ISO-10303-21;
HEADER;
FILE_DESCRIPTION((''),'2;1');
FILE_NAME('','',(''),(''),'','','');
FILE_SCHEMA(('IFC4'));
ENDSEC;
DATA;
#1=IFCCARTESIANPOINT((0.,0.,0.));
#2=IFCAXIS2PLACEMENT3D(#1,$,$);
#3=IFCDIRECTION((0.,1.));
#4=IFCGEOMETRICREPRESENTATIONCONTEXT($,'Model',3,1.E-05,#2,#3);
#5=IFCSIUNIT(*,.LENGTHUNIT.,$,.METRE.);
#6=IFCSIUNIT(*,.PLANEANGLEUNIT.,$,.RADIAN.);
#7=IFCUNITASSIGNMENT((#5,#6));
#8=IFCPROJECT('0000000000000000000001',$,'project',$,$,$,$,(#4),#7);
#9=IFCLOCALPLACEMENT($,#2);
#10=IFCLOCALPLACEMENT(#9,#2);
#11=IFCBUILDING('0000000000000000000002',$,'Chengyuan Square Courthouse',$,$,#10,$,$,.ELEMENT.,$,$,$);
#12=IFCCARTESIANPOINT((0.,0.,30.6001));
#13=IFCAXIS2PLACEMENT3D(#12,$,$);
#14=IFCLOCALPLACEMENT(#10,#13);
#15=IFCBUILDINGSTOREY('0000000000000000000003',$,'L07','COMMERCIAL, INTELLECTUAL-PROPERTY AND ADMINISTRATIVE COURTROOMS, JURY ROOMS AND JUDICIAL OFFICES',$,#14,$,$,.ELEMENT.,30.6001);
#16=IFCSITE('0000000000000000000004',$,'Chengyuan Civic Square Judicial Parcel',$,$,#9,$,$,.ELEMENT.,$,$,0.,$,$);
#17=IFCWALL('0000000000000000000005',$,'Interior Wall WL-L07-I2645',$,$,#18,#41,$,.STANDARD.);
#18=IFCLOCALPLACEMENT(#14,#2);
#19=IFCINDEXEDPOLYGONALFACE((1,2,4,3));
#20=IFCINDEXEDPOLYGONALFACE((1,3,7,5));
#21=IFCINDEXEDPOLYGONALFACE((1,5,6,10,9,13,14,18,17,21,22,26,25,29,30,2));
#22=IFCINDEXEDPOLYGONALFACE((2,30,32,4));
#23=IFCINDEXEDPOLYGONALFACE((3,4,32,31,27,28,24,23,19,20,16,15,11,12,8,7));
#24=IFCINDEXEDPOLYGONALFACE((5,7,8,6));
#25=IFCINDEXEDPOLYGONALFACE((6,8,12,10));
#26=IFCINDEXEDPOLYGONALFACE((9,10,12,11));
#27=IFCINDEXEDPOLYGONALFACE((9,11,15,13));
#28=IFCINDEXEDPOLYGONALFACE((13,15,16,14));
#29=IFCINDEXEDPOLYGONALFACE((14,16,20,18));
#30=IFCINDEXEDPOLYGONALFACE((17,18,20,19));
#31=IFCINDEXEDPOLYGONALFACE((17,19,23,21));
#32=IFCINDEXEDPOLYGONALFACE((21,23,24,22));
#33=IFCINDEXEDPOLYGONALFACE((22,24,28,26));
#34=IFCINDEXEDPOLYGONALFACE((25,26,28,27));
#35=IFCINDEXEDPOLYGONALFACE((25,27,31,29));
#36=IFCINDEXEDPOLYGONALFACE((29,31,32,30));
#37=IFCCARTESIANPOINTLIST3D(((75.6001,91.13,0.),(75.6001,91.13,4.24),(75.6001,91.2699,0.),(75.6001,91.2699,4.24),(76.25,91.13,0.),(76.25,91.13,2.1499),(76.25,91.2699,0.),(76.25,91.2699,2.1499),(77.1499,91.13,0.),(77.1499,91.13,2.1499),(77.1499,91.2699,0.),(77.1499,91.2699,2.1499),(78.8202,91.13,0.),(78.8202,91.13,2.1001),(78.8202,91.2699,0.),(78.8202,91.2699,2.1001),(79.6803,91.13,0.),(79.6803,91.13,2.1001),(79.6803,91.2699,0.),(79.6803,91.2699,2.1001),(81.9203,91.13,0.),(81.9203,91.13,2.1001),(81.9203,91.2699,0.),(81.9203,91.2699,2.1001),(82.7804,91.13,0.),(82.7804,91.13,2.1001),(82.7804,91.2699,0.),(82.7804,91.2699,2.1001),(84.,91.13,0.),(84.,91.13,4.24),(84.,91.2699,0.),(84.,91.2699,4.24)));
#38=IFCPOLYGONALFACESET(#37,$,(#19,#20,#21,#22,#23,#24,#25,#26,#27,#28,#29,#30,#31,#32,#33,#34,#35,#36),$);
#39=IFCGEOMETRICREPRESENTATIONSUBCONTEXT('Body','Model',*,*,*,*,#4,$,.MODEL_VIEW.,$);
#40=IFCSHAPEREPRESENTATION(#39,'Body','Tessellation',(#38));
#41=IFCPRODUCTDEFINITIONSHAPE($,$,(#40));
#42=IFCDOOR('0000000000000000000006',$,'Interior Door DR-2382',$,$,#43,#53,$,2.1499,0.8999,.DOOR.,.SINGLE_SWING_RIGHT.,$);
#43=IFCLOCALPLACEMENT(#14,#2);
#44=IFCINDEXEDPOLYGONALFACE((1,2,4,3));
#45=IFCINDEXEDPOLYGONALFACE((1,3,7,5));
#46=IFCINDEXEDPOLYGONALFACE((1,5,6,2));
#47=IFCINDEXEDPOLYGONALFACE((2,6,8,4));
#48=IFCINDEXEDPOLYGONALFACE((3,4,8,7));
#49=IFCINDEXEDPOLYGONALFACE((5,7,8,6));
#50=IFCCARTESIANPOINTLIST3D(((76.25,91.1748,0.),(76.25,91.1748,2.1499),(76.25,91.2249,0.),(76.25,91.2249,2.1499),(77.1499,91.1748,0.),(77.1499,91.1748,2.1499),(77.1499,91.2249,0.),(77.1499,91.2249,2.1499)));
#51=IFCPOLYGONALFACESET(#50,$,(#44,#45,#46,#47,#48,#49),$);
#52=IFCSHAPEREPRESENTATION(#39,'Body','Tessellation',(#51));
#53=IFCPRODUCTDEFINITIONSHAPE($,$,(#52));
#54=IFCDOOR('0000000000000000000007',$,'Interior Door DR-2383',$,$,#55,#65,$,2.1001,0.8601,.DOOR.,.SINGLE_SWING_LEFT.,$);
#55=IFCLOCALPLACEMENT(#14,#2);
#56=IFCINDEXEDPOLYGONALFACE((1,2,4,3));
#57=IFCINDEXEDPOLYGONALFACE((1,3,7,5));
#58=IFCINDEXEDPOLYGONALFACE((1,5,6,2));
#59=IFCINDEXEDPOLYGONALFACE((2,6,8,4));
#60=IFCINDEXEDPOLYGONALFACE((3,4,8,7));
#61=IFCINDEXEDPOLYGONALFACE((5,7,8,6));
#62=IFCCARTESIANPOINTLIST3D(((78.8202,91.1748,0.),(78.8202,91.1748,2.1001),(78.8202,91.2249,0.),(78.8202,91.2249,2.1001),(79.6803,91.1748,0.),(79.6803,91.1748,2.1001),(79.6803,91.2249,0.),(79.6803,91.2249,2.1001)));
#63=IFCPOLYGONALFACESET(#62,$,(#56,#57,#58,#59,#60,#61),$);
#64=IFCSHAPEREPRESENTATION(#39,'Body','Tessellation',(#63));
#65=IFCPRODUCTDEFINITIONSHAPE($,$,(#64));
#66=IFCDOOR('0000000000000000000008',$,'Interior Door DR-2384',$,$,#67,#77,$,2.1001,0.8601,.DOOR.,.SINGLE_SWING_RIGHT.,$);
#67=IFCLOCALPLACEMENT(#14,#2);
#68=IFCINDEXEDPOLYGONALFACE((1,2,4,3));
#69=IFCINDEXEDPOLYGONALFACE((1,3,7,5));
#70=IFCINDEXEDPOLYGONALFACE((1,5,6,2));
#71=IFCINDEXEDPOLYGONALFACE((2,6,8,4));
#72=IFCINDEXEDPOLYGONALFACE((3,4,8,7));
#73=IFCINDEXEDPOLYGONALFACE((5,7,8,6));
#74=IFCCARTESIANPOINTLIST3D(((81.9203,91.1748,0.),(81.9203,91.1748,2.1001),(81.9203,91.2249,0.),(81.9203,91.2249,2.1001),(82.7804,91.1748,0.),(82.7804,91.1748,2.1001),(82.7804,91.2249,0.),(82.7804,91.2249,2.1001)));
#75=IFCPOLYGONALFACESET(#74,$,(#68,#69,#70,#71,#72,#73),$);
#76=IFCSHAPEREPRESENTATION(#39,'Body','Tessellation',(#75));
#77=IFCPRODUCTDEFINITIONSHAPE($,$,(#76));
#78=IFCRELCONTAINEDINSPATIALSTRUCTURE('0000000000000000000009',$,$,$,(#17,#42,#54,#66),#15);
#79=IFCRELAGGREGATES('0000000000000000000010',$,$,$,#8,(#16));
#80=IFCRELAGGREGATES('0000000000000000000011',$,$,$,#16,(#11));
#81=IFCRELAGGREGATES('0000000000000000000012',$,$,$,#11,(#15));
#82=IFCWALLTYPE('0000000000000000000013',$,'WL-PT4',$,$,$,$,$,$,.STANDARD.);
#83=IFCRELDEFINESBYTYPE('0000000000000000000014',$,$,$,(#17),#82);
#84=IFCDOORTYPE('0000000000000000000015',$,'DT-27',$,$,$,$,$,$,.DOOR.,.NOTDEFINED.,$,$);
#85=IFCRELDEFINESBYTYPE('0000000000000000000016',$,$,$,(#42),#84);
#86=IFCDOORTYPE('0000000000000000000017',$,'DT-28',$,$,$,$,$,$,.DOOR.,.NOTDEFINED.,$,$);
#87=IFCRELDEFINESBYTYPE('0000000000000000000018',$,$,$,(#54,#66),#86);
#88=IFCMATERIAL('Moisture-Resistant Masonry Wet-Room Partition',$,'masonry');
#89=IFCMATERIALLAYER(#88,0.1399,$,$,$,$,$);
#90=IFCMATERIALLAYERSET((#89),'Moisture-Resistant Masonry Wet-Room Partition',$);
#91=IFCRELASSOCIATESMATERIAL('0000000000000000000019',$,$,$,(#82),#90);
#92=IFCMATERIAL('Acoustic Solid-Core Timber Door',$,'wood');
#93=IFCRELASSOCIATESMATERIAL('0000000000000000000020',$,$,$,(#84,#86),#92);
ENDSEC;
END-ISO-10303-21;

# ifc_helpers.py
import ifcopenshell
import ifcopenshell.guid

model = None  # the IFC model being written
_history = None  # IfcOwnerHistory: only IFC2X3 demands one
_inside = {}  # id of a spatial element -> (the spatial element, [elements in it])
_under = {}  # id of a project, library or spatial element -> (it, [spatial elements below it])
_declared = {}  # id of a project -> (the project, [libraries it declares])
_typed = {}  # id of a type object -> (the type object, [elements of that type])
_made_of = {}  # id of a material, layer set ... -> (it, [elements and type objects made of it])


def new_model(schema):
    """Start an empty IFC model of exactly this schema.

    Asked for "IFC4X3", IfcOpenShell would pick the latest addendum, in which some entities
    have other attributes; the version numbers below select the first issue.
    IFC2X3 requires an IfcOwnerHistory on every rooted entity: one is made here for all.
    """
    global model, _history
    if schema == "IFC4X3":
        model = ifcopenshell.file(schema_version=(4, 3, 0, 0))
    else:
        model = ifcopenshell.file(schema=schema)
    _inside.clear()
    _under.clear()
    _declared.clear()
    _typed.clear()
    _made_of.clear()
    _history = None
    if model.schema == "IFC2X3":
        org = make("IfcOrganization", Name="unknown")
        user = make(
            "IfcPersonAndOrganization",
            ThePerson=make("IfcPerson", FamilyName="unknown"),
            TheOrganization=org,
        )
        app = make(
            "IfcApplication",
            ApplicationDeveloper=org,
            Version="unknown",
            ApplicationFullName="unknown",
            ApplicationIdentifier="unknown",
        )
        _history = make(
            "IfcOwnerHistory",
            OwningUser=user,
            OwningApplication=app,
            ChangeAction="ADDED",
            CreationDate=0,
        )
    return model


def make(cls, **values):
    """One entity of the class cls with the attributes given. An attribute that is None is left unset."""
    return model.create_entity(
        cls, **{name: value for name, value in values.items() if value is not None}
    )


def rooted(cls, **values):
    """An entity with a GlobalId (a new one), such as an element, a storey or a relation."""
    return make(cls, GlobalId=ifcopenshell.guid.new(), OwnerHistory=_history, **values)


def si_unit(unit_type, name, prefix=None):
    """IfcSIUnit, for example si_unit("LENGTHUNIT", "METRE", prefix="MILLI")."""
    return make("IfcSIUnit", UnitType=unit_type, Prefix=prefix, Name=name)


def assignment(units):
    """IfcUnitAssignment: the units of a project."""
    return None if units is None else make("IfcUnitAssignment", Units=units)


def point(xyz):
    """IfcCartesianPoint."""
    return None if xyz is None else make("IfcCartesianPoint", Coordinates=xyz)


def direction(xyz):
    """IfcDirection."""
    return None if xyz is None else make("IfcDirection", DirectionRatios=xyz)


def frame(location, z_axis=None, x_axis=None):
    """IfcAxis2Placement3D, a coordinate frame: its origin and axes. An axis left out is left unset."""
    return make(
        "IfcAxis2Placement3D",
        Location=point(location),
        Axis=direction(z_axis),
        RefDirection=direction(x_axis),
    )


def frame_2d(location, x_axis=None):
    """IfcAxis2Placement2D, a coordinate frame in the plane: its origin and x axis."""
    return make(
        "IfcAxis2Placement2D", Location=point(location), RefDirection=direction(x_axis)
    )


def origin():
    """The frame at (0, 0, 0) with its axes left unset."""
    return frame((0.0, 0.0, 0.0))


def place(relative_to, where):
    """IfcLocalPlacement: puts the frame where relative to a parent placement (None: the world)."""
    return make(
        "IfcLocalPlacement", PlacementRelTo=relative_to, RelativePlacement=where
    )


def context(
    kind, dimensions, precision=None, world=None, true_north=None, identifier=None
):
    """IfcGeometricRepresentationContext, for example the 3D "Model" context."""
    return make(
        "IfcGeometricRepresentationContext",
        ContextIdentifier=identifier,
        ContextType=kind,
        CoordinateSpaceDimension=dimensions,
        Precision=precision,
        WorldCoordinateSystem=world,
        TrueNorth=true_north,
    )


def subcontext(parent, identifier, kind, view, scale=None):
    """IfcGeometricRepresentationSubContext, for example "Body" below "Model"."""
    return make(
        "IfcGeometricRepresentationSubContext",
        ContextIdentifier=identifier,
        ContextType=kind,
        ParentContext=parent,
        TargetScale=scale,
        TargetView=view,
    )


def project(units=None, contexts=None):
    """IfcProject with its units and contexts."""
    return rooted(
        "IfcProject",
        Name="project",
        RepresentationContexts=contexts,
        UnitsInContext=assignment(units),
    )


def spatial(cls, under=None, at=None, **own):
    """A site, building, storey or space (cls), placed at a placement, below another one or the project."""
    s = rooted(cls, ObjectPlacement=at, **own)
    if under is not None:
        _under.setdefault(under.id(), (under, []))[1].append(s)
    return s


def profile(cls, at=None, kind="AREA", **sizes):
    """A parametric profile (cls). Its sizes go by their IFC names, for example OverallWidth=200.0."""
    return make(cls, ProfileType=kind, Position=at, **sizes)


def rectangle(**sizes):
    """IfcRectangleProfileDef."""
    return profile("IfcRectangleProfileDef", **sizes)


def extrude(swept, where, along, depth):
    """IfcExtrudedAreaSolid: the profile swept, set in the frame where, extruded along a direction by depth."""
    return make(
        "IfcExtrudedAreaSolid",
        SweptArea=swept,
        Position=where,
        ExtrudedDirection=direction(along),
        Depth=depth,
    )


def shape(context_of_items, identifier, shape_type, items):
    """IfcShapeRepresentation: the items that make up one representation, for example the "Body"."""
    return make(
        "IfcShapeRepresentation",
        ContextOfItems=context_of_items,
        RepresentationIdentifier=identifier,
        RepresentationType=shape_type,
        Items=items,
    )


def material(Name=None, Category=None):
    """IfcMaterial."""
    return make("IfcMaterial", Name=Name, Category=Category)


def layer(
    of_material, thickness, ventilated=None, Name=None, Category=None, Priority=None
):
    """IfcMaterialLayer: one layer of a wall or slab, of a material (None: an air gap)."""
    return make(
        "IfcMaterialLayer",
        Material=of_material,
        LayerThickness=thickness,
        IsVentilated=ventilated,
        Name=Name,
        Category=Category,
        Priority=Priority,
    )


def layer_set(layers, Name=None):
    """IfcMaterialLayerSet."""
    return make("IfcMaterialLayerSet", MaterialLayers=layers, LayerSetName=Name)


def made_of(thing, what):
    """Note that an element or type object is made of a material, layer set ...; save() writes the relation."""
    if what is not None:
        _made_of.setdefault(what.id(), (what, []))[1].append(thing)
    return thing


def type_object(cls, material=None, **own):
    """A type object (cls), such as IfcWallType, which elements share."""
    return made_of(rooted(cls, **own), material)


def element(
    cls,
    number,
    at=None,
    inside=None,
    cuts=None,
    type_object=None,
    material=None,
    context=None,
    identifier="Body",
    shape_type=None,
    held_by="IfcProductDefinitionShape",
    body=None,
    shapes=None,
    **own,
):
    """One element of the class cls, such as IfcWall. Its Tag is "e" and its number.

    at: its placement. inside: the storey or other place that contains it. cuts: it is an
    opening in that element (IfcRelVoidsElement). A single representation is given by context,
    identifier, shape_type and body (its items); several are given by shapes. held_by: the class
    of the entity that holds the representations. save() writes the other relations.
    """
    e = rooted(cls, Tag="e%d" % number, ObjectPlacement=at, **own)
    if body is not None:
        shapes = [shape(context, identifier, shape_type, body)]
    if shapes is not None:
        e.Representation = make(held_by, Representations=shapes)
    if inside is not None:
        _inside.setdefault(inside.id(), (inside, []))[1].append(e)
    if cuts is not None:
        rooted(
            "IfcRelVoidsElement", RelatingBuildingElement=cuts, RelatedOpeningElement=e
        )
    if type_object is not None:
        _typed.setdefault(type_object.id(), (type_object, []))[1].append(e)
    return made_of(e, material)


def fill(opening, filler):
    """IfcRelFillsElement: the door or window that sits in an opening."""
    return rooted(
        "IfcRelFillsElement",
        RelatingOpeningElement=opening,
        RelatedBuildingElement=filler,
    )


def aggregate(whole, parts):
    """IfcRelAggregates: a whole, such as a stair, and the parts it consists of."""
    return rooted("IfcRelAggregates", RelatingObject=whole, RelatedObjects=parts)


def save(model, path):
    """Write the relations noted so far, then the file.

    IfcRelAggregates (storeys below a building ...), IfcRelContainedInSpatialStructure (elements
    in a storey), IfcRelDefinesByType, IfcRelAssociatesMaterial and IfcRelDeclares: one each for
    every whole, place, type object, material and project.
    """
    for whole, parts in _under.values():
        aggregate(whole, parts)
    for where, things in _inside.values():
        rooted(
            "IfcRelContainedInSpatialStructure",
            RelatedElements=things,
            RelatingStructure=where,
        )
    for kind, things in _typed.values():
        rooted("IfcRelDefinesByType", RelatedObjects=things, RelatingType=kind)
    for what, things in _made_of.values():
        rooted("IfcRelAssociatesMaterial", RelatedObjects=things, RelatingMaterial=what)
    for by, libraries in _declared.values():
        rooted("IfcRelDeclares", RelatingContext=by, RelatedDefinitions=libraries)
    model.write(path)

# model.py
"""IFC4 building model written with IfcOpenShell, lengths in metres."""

from ifc_helpers import new_model, si_unit, direction, frame, frame_2d, origin, place, context, subcontext, project, spatial, rectangle, extrude, material, layer, layer_set, type_object, element, fill, save


model = new_model("IFC4")

# Units and contexts
model_context = context("Model", 3, precision=1e-05, world=origin(), true_north=direction((0.0, 1.0)))
body_context = subcontext(model_context, "Body", "Model", "MODEL_VIEW")
ifc_project = project(units=[si_unit("LENGTHUNIT", "METRE"), si_unit("PLANEANGLEUNIT", "RADIAN")], contexts=[model_context])

# Site, building, storey
site_placement = place(None, origin())
site = spatial("IfcSite", under=ifc_project, at=site_placement, Name="Chengyuan Civic Square Judicial Parcel", CompositionType="ELEMENT", RefElevation=0.0)
building_placement = place(site_placement, origin())
building = spatial("IfcBuilding", under=site, at=building_placement, Name="Chengyuan Square Courthouse", CompositionType="ELEMENT")
storey_placement = place(building_placement, frame((0.0, 0.0, 30.6001)))
storey = spatial("IfcBuildingStorey", under=building, at=storey_placement, Name="L07", Description="COMMERCIAL, INTELLECTUAL-PROPERTY AND ADMINISTRATIVE COURTROOMS, JURY ROOMS AND JUDICIAL OFFICES", CompositionType="ELEMENT", Elevation=30.6001)

# Shared definitions
ifc_material_1 = material(Name="Acoustic Solid-Core Timber Door", Category="wood")

# Wall, openings, doors
ifc_material_2 = material(Name="Moisture-Resistant Masonry Wet-Room Partition", Category="masonry")
ifc_layer_1 = layer(ifc_material_2, 0.1399)
ifc_layer_set_1 = layer_set([ifc_layer_1], Name="Moisture-Resistant Masonry Wet-Room Partition")
wall_type_1 = type_object("IfcWallType", Name="WL-PT4", PredefinedType="STANDARD", material=ifc_layer_set_1)
wall_1_placement = place(storey_placement, frame((75.6001, 91.2, 0.0), z_axis=(0.0, 0.0, 1.0), x_axis=(1.0, 0.0, 0.0)))
wall_1 = element("IfcWall", 1, at=wall_1_placement, inside=storey, type_object=wall_type_1, Name="Interior Wall WL-L07-I2645", PredefinedType="STANDARD", context=body_context, shape_type="SweptSolid", body=[
    extrude(rectangle(XDim=8.3999, YDim=0.1399, at=frame_2d((4.2, 0.0))), origin(), (0.0, 0.0, 1.0), 4.24),
])
opening_1_placement = place(wall_1_placement, frame((0.6499, 0.0, 0.0)))
opening_1 = element("IfcOpeningElement", 2, at=opening_1_placement, cuts=wall_1, PredefinedType="OPENING", context=body_context, shape_type="SweptSolid", body=[
    extrude(rectangle(XDim=0.8999, YDim=2.1499, at=frame_2d((0.45, 1.075))), frame((0.0, 0.082, 0.0), z_axis=(0.0, -1.0, 0.0), x_axis=(1.0, 0.0, 0.0)), (0.0, 0.0, 1.0), 0.1638),
])
opening_2_placement = place(wall_1_placement, frame((3.22, 0.0, 0.0)))
opening_2 = element("IfcOpeningElement", 3, at=opening_2_placement, cuts=wall_1, PredefinedType="OPENING", context=body_context, shape_type="SweptSolid", body=[
    extrude(rectangle(XDim=0.8601, YDim=2.1001, at=frame_2d((0.4302, 1.05))), frame((0.0, 0.082, 0.0), z_axis=(0.0, -1.0, 0.0), x_axis=(1.0, 0.0, 0.0)), (0.0, 0.0, 1.0), 0.1638),
])
opening_3_placement = place(wall_1_placement, frame((6.3201, 0.0, 0.0)))
opening_3 = element("IfcOpeningElement", 4, at=opening_3_placement, cuts=wall_1, PredefinedType="OPENING", context=body_context, shape_type="SweptSolid", body=[
    extrude(rectangle(XDim=0.8601, YDim=2.1001, at=frame_2d((0.4302, 1.05))), frame((0.0, 0.082, 0.0), z_axis=(0.0, -1.0, 0.0), x_axis=(1.0, 0.0, 0.0)), (0.0, 0.0, 1.0), 0.1638),
])
door_type_1 = type_object("IfcDoorType", Name="DT-27", OperationType="NOTDEFINED", PredefinedType="DOOR", material=ifc_material_1)
door_1_placement = place(opening_1_placement, origin())
door_1 = element("IfcDoor", 5, at=door_1_placement, inside=storey, type_object=door_type_1, Name="Interior Door DR-2382", OperationType="SINGLE_SWING_RIGHT", OverallHeight=2.1499, OverallWidth=0.8999, PredefinedType="DOOR", context=body_context, shape_type="SweptSolid", body=[
    extrude(rectangle(XDim=0.8999, YDim=2.1499, at=frame_2d((0.45, 1.075))), frame((0.0, 0.0249, 0.0), z_axis=(0.0, -1.0, 0.0), x_axis=(1.0, 0.0, 0.0)), (0.0, 0.0, 1.0), 0.05),
])
fill(opening_1, door_1)
door_type_2 = type_object("IfcDoorType", Name="DT-28", OperationType="NOTDEFINED", PredefinedType="DOOR", material=ifc_material_1)
door_2_placement = place(opening_2_placement, origin())
door_2 = element("IfcDoor", 6, at=door_2_placement, inside=storey, type_object=door_type_2, Name="Interior Door DR-2383", OperationType="SINGLE_SWING_LEFT", OverallHeight=2.1001, OverallWidth=0.8601, PredefinedType="DOOR", context=body_context, shape_type="SweptSolid", body=[
    extrude(rectangle(XDim=0.8601, YDim=2.1001, at=frame_2d((0.4302, 1.05))), frame((0.0, 0.0249, 0.0), z_axis=(0.0, -1.0, 0.0), x_axis=(1.0, 0.0, 0.0)), (0.0, 0.0, 1.0), 0.05),
])
fill(opening_2, door_2)
door_3_placement = place(opening_3_placement, origin())
door_3 = element("IfcDoor", 7, at=door_3_placement, inside=storey, type_object=door_type_2, Name="Interior Door DR-2384", OperationType="SINGLE_SWING_RIGHT", OverallHeight=2.1001, OverallWidth=0.8601, PredefinedType="DOOR", context=body_context, shape_type="SweptSolid", body=[
    extrude(rectangle(XDim=0.8601, YDim=2.1001, at=frame_2d((0.4302, 1.05))), frame((0.0, 0.0249, 0.0), z_axis=(0.0, -1.0, 0.0), x_axis=(1.0, 0.0, 0.0)), (0.0, 0.0, 1.0), 0.05),
])
fill(opening_3, door_3)

save(model, "model.ifc")
